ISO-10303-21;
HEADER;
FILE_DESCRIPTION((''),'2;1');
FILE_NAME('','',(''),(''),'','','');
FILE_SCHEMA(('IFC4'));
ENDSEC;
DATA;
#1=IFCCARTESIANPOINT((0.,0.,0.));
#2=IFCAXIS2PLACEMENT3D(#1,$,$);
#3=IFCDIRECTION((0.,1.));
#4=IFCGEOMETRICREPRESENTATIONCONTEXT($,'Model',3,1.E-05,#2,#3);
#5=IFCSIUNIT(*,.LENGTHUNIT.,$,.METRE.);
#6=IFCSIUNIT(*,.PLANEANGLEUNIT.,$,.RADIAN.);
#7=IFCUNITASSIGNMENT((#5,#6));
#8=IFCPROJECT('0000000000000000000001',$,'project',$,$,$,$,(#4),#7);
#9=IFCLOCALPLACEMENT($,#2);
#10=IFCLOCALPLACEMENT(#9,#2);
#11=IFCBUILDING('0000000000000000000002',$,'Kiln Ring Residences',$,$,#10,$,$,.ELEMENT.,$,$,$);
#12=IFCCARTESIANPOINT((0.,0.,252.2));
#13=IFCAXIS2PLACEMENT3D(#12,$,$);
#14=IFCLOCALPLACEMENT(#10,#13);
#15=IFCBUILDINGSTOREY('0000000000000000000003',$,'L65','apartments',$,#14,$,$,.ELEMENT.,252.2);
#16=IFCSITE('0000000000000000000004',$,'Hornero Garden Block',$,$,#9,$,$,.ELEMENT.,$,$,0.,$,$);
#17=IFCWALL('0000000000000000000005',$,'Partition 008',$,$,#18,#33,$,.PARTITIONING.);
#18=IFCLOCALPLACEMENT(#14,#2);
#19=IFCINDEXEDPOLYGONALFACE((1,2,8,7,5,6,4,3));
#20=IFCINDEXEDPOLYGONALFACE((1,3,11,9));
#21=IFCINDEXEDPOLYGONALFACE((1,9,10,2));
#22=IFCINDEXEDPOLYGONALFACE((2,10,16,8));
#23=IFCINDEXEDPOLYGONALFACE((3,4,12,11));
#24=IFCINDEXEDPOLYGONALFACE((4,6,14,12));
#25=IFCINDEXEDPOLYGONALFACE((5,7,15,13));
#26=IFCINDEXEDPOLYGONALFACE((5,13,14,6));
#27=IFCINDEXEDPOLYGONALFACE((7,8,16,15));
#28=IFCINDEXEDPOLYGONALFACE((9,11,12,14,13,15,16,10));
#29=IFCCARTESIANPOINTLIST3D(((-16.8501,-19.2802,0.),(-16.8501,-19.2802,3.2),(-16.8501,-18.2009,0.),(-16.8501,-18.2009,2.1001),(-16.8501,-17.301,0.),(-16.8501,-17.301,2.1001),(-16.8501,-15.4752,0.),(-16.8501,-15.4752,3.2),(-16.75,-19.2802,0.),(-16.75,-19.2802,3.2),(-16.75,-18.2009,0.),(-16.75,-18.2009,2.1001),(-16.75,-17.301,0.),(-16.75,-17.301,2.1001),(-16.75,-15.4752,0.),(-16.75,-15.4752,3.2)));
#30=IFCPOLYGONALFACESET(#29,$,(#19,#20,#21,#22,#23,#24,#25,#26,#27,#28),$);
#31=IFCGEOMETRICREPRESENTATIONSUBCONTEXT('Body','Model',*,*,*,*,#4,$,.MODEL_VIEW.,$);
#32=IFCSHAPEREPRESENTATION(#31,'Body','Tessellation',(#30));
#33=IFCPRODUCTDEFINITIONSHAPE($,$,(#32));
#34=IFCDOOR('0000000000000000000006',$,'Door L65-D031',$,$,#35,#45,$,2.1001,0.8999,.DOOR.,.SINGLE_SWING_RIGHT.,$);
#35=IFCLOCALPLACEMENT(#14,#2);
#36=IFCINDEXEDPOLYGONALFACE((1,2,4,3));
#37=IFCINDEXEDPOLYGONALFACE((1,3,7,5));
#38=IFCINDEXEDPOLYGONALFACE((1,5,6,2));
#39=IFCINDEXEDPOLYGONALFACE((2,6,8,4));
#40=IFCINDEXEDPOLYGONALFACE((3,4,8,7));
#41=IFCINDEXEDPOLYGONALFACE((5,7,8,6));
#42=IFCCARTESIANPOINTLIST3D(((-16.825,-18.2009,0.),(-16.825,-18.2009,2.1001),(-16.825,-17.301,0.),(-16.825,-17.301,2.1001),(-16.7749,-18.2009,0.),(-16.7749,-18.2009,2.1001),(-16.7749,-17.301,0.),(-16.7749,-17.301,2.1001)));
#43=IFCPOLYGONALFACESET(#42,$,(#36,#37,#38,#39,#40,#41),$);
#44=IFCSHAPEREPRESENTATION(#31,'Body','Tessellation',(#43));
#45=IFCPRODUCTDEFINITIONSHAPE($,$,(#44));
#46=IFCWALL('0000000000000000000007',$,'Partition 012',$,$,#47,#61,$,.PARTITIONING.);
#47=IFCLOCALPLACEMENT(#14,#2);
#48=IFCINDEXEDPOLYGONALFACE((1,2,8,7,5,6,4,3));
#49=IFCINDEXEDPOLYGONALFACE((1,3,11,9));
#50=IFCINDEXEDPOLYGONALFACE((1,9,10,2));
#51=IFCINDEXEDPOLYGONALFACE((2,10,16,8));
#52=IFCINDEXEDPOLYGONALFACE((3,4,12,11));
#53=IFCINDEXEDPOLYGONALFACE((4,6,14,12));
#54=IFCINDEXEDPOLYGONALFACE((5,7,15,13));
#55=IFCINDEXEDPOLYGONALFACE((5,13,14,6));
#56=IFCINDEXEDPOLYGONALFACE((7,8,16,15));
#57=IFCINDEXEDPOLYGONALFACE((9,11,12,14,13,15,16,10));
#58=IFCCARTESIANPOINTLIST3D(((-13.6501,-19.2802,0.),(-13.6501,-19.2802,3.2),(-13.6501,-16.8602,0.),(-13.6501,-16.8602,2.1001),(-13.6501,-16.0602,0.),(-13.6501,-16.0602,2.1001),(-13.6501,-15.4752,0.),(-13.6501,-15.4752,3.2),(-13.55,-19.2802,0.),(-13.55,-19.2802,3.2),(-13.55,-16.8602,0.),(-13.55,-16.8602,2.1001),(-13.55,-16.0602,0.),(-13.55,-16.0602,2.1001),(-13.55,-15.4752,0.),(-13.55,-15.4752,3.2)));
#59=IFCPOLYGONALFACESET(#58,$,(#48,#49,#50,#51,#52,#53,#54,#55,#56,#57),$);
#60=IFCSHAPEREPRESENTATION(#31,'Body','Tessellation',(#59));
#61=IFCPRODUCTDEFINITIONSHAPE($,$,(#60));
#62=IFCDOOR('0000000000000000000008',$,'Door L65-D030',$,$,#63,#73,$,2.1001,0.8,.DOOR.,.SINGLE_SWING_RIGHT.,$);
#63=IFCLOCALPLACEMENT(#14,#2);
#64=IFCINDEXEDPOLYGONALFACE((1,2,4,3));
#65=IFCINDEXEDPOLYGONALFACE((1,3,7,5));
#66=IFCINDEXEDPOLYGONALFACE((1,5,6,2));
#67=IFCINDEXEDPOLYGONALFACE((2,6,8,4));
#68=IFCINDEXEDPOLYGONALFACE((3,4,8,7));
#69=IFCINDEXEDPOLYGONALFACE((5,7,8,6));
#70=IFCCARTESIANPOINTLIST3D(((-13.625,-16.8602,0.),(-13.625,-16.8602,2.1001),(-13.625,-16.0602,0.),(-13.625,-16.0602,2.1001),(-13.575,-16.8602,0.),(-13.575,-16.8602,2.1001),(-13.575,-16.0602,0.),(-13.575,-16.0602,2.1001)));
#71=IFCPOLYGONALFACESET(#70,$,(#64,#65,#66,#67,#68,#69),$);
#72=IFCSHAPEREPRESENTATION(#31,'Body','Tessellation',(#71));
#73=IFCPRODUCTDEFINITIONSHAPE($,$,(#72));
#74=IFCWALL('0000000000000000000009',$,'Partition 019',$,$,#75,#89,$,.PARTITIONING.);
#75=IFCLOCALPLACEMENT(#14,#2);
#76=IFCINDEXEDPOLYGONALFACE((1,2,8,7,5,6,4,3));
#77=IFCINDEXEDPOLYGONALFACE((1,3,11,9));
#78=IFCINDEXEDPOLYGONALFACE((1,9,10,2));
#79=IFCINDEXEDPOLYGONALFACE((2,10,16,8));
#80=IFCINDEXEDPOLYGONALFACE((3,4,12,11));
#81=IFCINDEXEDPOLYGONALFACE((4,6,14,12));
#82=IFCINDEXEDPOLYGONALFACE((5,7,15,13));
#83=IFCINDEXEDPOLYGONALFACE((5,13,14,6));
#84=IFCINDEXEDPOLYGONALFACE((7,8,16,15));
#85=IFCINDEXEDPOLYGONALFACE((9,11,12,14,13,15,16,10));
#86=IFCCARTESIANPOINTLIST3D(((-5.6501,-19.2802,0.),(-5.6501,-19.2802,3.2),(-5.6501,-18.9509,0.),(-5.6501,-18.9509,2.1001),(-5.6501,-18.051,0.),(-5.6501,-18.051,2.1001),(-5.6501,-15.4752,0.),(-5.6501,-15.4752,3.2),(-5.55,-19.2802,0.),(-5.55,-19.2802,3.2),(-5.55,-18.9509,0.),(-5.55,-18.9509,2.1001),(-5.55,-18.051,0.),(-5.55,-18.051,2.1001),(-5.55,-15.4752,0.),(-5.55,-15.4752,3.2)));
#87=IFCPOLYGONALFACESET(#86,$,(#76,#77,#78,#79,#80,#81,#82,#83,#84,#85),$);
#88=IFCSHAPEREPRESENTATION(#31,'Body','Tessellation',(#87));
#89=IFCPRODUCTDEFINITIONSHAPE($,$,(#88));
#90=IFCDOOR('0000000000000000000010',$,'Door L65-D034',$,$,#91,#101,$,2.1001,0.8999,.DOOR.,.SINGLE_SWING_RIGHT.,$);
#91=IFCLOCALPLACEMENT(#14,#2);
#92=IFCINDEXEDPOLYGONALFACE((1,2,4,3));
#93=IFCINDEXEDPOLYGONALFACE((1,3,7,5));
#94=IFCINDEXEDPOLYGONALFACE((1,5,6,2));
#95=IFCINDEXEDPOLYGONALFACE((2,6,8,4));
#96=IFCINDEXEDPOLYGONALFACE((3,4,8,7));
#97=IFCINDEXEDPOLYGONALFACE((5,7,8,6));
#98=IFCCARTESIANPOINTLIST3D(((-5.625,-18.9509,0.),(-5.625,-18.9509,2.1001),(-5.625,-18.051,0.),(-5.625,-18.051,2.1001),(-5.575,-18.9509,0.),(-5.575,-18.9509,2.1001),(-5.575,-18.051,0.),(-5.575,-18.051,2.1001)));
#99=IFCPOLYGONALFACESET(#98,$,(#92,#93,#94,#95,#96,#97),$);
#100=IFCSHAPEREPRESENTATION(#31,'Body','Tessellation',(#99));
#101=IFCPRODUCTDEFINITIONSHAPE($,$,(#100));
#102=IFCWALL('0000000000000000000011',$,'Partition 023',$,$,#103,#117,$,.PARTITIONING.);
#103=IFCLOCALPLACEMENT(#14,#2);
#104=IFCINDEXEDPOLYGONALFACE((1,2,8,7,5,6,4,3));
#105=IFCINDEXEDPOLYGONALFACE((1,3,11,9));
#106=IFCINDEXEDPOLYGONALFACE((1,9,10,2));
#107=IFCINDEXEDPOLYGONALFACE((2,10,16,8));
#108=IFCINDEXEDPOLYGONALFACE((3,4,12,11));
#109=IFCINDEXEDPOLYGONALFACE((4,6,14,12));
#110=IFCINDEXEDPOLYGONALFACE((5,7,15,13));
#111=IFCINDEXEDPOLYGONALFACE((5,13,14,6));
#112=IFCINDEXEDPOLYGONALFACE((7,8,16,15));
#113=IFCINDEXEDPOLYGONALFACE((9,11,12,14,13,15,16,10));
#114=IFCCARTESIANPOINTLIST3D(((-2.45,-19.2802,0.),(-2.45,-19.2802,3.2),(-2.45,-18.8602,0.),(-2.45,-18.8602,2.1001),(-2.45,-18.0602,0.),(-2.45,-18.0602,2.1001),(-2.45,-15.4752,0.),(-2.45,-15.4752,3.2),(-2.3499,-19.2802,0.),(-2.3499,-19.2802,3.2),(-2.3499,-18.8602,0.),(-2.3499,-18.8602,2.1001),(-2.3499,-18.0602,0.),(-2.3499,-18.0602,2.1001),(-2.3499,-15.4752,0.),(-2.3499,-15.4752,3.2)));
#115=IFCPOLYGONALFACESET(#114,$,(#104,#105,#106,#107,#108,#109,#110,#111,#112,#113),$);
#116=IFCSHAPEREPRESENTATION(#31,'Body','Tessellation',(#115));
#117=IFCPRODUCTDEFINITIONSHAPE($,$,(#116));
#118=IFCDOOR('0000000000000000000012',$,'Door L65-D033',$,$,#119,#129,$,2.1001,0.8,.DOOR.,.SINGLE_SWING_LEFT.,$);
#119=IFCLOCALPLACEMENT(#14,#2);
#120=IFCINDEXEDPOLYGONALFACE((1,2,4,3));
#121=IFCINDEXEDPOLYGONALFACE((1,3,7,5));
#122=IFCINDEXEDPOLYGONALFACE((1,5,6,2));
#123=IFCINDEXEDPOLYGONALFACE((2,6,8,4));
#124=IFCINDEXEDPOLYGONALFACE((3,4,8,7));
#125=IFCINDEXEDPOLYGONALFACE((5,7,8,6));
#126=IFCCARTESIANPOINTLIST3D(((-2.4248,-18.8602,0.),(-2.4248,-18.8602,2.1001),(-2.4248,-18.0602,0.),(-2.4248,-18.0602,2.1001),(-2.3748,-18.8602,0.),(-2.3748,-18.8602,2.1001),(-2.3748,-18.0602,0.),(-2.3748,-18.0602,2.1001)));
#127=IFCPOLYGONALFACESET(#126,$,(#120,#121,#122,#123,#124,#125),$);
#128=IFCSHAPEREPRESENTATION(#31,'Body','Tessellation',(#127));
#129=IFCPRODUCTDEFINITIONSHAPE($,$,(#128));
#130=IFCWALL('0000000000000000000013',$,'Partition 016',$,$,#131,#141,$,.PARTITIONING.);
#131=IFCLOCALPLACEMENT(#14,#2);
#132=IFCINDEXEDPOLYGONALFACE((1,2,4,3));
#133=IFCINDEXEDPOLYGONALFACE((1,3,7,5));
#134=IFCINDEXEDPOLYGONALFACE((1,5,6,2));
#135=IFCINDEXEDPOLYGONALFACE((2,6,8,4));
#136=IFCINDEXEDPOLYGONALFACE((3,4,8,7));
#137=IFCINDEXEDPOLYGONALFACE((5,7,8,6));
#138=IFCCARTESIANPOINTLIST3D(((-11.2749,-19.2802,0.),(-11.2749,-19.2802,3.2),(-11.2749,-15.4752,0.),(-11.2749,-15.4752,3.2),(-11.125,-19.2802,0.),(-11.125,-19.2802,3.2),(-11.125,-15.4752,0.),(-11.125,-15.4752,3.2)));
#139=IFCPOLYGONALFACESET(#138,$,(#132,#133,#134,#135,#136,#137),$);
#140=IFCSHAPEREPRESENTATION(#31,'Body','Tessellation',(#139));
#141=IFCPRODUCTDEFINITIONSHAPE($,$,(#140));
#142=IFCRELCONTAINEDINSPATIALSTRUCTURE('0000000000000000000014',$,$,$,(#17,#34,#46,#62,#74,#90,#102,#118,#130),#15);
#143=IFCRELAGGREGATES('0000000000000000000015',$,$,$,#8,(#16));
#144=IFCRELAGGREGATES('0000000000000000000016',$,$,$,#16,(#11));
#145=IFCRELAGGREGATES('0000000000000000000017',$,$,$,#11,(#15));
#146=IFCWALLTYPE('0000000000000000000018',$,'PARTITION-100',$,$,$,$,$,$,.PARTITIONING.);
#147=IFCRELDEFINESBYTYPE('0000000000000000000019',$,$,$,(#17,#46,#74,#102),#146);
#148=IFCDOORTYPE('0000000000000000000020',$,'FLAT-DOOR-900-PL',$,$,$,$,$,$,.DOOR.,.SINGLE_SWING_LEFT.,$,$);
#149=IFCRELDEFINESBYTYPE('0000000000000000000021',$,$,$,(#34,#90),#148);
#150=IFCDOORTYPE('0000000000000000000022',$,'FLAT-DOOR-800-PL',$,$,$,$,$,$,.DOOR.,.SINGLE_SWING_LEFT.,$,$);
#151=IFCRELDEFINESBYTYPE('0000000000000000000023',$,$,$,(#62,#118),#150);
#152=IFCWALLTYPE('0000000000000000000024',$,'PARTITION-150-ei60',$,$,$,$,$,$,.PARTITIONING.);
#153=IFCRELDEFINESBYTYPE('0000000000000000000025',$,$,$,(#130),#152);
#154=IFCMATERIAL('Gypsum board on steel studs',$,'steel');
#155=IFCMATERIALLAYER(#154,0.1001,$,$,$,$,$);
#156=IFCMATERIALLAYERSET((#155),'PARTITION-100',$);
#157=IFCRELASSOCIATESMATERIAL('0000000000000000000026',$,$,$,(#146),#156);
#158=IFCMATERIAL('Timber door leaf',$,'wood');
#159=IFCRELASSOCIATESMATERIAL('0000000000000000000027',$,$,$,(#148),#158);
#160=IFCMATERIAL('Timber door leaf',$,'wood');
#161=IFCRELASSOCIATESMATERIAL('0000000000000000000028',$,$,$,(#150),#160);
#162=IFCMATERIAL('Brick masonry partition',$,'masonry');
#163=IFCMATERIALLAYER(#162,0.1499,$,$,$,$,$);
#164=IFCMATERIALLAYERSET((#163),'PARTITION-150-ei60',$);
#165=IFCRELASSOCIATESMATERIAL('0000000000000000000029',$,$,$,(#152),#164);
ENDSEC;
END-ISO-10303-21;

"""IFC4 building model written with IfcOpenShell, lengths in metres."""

from ifc_helpers import new_model, si_unit, direction, frame, frame_2d, origin, place, context, subcontext, project, spatial, rectangle, extrude, material, layer, layer_set, type_object, element, fill, save


model = new_model("IFC4")

# Units and contexts
model_context = context("Model", 3, precision=1e-05, world=origin(), true_north=direction((0.0, 1.0)))
body_context = subcontext(model_context, "Body", "Model", "MODEL_VIEW")
ifc_project = project(units=[si_unit("LENGTHUNIT", "METRE"), si_unit("PLANEANGLEUNIT", "RADIAN")], contexts=[model_context])

# Site, building, storey
site_placement = place(None, origin())
site = spatial("IfcSite", under=ifc_project, at=site_placement, Name="Hornero Garden Block", CompositionType="ELEMENT", RefElevation=0.0)
building_placement = place(site_placement, origin())
building = spatial("IfcBuilding", under=site, at=building_placement, Name="Kiln Ring Residences", CompositionType="ELEMENT")
storey_placement = place(building_placement, frame((0.0, 0.0, 252.2)))
storey = spatial("IfcBuildingStorey", under=building, at=storey_placement, Name="L65", Description="apartments", CompositionType="ELEMENT", Elevation=252.2)

# Walls, openings, doors
ifc_material_1 = material(Name="Gypsum board on steel studs", Category="steel")
ifc_layer_1 = layer(ifc_material_1, 0.1001)
ifc_layer_set_1 = layer_set([ifc_layer_1], Name="PARTITION-100")
wall_type_1 = type_object("IfcWallType", Name="PARTITION-100", PredefinedType="PARTITIONING", material=ifc_layer_set_1)
wall_1_placement = place(storey_placement, frame((-16.8, -19.28, 0.0), z_axis=(0.0, 0.0, 1.0), x_axis=(0.0, 1.0, 0.0)))
wall_1 = element("IfcWall", 1, at=wall_1_placement, inside=storey, type_object=wall_type_1, Name="Partition 008", PredefinedType="PARTITIONING", context=body_context, shape_type="SweptSolid", body=[
    extrude(rectangle(XDim=3.8049, YDim=0.1001, at=frame_2d((1.9023, 0.0))), origin(), (0.0, 0.0, 1.0), 3.2),
])
opening_1_placement = place(wall_1_placement, frame((1.0791, 0.0, 0.0)))
opening_1 = element("IfcOpeningElement", 2, at=opening_1_placement, cuts=wall_1, PredefinedType="OPENING", context=body_context, shape_type="SweptSolid", body=[
    extrude(rectangle(XDim=0.8999, YDim=2.1001, at=frame_2d((0.45, 1.05))), frame((0.0, 0.0601, 0.0), z_axis=(0.0, -1.0, 0.0), x_axis=(1.0, 0.0, 0.0)), (0.0, 0.0, 1.0), 0.1201),
])
ifc_material_2 = material(Name="Timber door leaf", Category="wood")
door_type_1 = type_object("IfcDoorType", Name="FLAT-DOOR-900-PL", OperationType="SINGLE_SWING_LEFT", PredefinedType="DOOR", material=ifc_material_2)
door_1_placement = place(opening_1_placement, origin())
door_1 = element("IfcDoor", 3, at=door_1_placement, inside=storey, type_object=door_type_1, Name="Door L65-D031", OperationType="SINGLE_SWING_RIGHT", OverallHeight=2.1001, OverallWidth=0.8999, PredefinedType="DOOR", context=body_context, shape_type="SweptSolid", body=[
    extrude(rectangle(XDim=0.8999, YDim=2.1001, at=frame_2d((0.45, 1.05))), frame((0.0, 0.0249, 0.0), z_axis=(0.0, -1.0, 0.0), x_axis=(1.0, 0.0, 0.0)), (0.0, 0.0, 1.0), 0.05),
])
fill(opening_1, door_1)
wall_2_placement = place(storey_placement, frame((-13.6001, -19.28, 0.0), z_axis=(0.0, 0.0, 1.0), x_axis=(0.0, 1.0, 0.0)))
wall_2 = element("IfcWall", 4, at=wall_2_placement, inside=storey, type_object=wall_type_1, Name="Partition 012", PredefinedType="PARTITIONING", context=body_context, shape_type="SweptSolid", body=[
    extrude(rectangle(XDim=3.8049, YDim=0.1001, at=frame_2d((1.9023, 0.0))), origin(), (0.0, 0.0, 1.0), 3.2),
])
opening_2_placement = place(wall_2_placement, frame((2.4199, 0.0, 0.0)))
opening_2 = element("IfcOpeningElement", 5, at=opening_2_placement, cuts=wall_2, PredefinedType="OPENING", context=body_context, shape_type="SweptSolid", body=[
    extrude(rectangle(XDim=0.8, YDim=2.1001, at=frame_2d((0.3999, 1.05))), frame((0.0, 0.0601, 0.0), z_axis=(0.0, -1.0, 0.0), x_axis=(1.0, 0.0, 0.0)), (0.0, 0.0, 1.0), 0.1201),
])
ifc_material_3 = material(Name="Timber door leaf", Category="wood")
door_type_2 = type_object("IfcDoorType", Name="FLAT-DOOR-800-PL", OperationType="SINGLE_SWING_LEFT", PredefinedType="DOOR", material=ifc_material_3)
door_2_placement = place(opening_2_placement, origin())
door_2 = element("IfcDoor", 6, at=door_2_placement, inside=storey, type_object=door_type_2, Name="Door L65-D030", OperationType="SINGLE_SWING_RIGHT", OverallHeight=2.1001, OverallWidth=0.8, PredefinedType="DOOR", context=body_context, shape_type="SweptSolid", body=[
    extrude(rectangle(XDim=0.8, YDim=2.1001, at=frame_2d((0.3999, 1.05))), frame((0.0, 0.0249, 0.0), z_axis=(0.0, -1.0, 0.0), x_axis=(1.0, 0.0, 0.0)), (0.0, 0.0, 1.0), 0.05),
])
fill(opening_2, door_2)
wall_3_placement = place(storey_placement, frame((-5.6001, -19.28, 0.0), z_axis=(0.0, 0.0, 1.0), x_axis=(0.0, 1.0, 0.0)))
wall_3 = element("IfcWall", 7, at=wall_3_placement, inside=storey, type_object=wall_type_1, Name="Partition 019", PredefinedType="PARTITIONING", context=body_context, shape_type="SweptSolid", body=[
    extrude(rectangle(XDim=3.8049, YDim=0.1001, at=frame_2d((1.9023, 0.0))), origin(), (0.0, 0.0, 1.0), 3.2),
])
opening_3_placement = place(wall_3_placement, frame((0.3291, 0.0, 0.0)))
opening_3 = element("IfcOpeningElement", 8, at=opening_3_placement, cuts=wall_3, PredefinedType="OPENING", context=body_context, shape_type="SweptSolid", body=[
    extrude(rectangle(XDim=0.8999, YDim=2.1001, at=frame_2d((0.45, 1.05))), frame((0.0, 0.0601, 0.0), z_axis=(0.0, -1.0, 0.0), x_axis=(1.0, 0.0, 0.0)), (0.0, 0.0, 1.0), 0.1201),
])
door_3_placement = place(opening_3_placement, origin())
door_3 = element("IfcDoor", 9, at=door_3_placement, inside=storey, type_object=door_type_1, Name="Door L65-D034", OperationType="SINGLE_SWING_RIGHT", OverallHeight=2.1001, OverallWidth=0.8999, PredefinedType="DOOR", context=body_context, shape_type="SweptSolid", body=[
    extrude(rectangle(XDim=0.8999, YDim=2.1001, at=frame_2d((0.45, 1.05))), frame((0.0, 0.0249, 0.0), z_axis=(0.0, -1.0, 0.0), x_axis=(1.0, 0.0, 0.0)), (0.0, 0.0, 1.0), 0.05),
])
fill(opening_3, door_3)
wall_4_placement = place(storey_placement, frame((-2.3999, -19.28, 0.0), z_axis=(0.0, 0.0, 1.0), x_axis=(0.0, 1.0, 0.0)))
wall_4 = element("IfcWall", 10, at=wall_4_placement, inside=storey, type_object=wall_type_1, Name="Partition 023", PredefinedType="PARTITIONING", context=body_context, shape_type="SweptSolid", body=[
    extrude(rectangle(XDim=3.8049, YDim=0.1001, at=frame_2d((1.9023, 0.0))), origin(), (0.0, 0.0, 1.0), 3.2),
])
opening_4_placement = place(wall_4_placement, frame((0.4199, 0.0, 0.0)))
opening_4 = element("IfcOpeningElement", 11, at=opening_4_placement, cuts=wall_4, PredefinedType="OPENING", context=body_context, shape_type="SweptSolid", body=[
    extrude(rectangle(XDim=0.8, YDim=2.1001, at=frame_2d((0.3999, 1.05))), frame((0.0, 0.0601, 0.0), z_axis=(0.0, -1.0, 0.0), x_axis=(1.0, 0.0, 0.0)), (0.0, 0.0, 1.0), 0.1201),
])
door_4_placement = place(opening_4_placement, origin())
door_4 = element("IfcDoor", 12, at=door_4_placement, inside=storey, type_object=door_type_2, Name="Door L65-D033", OperationType="SINGLE_SWING_LEFT", OverallHeight=2.1001, OverallWidth=0.8, PredefinedType="DOOR", context=body_context, shape_type="SweptSolid", body=[
    extrude(rectangle(XDim=0.8, YDim=2.1001, at=frame_2d((0.3999, 1.05))), frame((0.0, 0.0249, 0.0), z_axis=(0.0, -1.0, 0.0), x_axis=(1.0, 0.0, 0.0)), (0.0, 0.0, 1.0), 0.05),
])
fill(opening_4, door_4)

# Wall
ifc_material_4 = material(Name="Brick masonry partition", Category="masonry")
ifc_layer_2 = layer(ifc_material_4, 0.1499)
ifc_layer_set_2 = layer_set([ifc_layer_2], Name="PARTITION-150-ei60")
wall_type_2 = type_object("IfcWallType", Name="PARTITION-150-ei60", PredefinedType="PARTITIONING", material=ifc_layer_set_2)
wall_5_placement = place(storey_placement, frame((-11.2, -19.28, 0.0), z_axis=(0.0, 0.0, 1.0), x_axis=(0.0, 1.0, 0.0)))
element("IfcWall", 13, at=wall_5_placement, inside=storey, type_object=wall_type_2, Name="Partition 016", PredefinedType="PARTITIONING", context=body_context, shape_type="SweptSolid", body=[
    extrude(rectangle(XDim=3.8049, YDim=0.1499, at=frame_2d((1.9023, 0.0))), origin(), (0.0, 0.0, 1.0), 3.2),
])

save(model, "model.ifc")
